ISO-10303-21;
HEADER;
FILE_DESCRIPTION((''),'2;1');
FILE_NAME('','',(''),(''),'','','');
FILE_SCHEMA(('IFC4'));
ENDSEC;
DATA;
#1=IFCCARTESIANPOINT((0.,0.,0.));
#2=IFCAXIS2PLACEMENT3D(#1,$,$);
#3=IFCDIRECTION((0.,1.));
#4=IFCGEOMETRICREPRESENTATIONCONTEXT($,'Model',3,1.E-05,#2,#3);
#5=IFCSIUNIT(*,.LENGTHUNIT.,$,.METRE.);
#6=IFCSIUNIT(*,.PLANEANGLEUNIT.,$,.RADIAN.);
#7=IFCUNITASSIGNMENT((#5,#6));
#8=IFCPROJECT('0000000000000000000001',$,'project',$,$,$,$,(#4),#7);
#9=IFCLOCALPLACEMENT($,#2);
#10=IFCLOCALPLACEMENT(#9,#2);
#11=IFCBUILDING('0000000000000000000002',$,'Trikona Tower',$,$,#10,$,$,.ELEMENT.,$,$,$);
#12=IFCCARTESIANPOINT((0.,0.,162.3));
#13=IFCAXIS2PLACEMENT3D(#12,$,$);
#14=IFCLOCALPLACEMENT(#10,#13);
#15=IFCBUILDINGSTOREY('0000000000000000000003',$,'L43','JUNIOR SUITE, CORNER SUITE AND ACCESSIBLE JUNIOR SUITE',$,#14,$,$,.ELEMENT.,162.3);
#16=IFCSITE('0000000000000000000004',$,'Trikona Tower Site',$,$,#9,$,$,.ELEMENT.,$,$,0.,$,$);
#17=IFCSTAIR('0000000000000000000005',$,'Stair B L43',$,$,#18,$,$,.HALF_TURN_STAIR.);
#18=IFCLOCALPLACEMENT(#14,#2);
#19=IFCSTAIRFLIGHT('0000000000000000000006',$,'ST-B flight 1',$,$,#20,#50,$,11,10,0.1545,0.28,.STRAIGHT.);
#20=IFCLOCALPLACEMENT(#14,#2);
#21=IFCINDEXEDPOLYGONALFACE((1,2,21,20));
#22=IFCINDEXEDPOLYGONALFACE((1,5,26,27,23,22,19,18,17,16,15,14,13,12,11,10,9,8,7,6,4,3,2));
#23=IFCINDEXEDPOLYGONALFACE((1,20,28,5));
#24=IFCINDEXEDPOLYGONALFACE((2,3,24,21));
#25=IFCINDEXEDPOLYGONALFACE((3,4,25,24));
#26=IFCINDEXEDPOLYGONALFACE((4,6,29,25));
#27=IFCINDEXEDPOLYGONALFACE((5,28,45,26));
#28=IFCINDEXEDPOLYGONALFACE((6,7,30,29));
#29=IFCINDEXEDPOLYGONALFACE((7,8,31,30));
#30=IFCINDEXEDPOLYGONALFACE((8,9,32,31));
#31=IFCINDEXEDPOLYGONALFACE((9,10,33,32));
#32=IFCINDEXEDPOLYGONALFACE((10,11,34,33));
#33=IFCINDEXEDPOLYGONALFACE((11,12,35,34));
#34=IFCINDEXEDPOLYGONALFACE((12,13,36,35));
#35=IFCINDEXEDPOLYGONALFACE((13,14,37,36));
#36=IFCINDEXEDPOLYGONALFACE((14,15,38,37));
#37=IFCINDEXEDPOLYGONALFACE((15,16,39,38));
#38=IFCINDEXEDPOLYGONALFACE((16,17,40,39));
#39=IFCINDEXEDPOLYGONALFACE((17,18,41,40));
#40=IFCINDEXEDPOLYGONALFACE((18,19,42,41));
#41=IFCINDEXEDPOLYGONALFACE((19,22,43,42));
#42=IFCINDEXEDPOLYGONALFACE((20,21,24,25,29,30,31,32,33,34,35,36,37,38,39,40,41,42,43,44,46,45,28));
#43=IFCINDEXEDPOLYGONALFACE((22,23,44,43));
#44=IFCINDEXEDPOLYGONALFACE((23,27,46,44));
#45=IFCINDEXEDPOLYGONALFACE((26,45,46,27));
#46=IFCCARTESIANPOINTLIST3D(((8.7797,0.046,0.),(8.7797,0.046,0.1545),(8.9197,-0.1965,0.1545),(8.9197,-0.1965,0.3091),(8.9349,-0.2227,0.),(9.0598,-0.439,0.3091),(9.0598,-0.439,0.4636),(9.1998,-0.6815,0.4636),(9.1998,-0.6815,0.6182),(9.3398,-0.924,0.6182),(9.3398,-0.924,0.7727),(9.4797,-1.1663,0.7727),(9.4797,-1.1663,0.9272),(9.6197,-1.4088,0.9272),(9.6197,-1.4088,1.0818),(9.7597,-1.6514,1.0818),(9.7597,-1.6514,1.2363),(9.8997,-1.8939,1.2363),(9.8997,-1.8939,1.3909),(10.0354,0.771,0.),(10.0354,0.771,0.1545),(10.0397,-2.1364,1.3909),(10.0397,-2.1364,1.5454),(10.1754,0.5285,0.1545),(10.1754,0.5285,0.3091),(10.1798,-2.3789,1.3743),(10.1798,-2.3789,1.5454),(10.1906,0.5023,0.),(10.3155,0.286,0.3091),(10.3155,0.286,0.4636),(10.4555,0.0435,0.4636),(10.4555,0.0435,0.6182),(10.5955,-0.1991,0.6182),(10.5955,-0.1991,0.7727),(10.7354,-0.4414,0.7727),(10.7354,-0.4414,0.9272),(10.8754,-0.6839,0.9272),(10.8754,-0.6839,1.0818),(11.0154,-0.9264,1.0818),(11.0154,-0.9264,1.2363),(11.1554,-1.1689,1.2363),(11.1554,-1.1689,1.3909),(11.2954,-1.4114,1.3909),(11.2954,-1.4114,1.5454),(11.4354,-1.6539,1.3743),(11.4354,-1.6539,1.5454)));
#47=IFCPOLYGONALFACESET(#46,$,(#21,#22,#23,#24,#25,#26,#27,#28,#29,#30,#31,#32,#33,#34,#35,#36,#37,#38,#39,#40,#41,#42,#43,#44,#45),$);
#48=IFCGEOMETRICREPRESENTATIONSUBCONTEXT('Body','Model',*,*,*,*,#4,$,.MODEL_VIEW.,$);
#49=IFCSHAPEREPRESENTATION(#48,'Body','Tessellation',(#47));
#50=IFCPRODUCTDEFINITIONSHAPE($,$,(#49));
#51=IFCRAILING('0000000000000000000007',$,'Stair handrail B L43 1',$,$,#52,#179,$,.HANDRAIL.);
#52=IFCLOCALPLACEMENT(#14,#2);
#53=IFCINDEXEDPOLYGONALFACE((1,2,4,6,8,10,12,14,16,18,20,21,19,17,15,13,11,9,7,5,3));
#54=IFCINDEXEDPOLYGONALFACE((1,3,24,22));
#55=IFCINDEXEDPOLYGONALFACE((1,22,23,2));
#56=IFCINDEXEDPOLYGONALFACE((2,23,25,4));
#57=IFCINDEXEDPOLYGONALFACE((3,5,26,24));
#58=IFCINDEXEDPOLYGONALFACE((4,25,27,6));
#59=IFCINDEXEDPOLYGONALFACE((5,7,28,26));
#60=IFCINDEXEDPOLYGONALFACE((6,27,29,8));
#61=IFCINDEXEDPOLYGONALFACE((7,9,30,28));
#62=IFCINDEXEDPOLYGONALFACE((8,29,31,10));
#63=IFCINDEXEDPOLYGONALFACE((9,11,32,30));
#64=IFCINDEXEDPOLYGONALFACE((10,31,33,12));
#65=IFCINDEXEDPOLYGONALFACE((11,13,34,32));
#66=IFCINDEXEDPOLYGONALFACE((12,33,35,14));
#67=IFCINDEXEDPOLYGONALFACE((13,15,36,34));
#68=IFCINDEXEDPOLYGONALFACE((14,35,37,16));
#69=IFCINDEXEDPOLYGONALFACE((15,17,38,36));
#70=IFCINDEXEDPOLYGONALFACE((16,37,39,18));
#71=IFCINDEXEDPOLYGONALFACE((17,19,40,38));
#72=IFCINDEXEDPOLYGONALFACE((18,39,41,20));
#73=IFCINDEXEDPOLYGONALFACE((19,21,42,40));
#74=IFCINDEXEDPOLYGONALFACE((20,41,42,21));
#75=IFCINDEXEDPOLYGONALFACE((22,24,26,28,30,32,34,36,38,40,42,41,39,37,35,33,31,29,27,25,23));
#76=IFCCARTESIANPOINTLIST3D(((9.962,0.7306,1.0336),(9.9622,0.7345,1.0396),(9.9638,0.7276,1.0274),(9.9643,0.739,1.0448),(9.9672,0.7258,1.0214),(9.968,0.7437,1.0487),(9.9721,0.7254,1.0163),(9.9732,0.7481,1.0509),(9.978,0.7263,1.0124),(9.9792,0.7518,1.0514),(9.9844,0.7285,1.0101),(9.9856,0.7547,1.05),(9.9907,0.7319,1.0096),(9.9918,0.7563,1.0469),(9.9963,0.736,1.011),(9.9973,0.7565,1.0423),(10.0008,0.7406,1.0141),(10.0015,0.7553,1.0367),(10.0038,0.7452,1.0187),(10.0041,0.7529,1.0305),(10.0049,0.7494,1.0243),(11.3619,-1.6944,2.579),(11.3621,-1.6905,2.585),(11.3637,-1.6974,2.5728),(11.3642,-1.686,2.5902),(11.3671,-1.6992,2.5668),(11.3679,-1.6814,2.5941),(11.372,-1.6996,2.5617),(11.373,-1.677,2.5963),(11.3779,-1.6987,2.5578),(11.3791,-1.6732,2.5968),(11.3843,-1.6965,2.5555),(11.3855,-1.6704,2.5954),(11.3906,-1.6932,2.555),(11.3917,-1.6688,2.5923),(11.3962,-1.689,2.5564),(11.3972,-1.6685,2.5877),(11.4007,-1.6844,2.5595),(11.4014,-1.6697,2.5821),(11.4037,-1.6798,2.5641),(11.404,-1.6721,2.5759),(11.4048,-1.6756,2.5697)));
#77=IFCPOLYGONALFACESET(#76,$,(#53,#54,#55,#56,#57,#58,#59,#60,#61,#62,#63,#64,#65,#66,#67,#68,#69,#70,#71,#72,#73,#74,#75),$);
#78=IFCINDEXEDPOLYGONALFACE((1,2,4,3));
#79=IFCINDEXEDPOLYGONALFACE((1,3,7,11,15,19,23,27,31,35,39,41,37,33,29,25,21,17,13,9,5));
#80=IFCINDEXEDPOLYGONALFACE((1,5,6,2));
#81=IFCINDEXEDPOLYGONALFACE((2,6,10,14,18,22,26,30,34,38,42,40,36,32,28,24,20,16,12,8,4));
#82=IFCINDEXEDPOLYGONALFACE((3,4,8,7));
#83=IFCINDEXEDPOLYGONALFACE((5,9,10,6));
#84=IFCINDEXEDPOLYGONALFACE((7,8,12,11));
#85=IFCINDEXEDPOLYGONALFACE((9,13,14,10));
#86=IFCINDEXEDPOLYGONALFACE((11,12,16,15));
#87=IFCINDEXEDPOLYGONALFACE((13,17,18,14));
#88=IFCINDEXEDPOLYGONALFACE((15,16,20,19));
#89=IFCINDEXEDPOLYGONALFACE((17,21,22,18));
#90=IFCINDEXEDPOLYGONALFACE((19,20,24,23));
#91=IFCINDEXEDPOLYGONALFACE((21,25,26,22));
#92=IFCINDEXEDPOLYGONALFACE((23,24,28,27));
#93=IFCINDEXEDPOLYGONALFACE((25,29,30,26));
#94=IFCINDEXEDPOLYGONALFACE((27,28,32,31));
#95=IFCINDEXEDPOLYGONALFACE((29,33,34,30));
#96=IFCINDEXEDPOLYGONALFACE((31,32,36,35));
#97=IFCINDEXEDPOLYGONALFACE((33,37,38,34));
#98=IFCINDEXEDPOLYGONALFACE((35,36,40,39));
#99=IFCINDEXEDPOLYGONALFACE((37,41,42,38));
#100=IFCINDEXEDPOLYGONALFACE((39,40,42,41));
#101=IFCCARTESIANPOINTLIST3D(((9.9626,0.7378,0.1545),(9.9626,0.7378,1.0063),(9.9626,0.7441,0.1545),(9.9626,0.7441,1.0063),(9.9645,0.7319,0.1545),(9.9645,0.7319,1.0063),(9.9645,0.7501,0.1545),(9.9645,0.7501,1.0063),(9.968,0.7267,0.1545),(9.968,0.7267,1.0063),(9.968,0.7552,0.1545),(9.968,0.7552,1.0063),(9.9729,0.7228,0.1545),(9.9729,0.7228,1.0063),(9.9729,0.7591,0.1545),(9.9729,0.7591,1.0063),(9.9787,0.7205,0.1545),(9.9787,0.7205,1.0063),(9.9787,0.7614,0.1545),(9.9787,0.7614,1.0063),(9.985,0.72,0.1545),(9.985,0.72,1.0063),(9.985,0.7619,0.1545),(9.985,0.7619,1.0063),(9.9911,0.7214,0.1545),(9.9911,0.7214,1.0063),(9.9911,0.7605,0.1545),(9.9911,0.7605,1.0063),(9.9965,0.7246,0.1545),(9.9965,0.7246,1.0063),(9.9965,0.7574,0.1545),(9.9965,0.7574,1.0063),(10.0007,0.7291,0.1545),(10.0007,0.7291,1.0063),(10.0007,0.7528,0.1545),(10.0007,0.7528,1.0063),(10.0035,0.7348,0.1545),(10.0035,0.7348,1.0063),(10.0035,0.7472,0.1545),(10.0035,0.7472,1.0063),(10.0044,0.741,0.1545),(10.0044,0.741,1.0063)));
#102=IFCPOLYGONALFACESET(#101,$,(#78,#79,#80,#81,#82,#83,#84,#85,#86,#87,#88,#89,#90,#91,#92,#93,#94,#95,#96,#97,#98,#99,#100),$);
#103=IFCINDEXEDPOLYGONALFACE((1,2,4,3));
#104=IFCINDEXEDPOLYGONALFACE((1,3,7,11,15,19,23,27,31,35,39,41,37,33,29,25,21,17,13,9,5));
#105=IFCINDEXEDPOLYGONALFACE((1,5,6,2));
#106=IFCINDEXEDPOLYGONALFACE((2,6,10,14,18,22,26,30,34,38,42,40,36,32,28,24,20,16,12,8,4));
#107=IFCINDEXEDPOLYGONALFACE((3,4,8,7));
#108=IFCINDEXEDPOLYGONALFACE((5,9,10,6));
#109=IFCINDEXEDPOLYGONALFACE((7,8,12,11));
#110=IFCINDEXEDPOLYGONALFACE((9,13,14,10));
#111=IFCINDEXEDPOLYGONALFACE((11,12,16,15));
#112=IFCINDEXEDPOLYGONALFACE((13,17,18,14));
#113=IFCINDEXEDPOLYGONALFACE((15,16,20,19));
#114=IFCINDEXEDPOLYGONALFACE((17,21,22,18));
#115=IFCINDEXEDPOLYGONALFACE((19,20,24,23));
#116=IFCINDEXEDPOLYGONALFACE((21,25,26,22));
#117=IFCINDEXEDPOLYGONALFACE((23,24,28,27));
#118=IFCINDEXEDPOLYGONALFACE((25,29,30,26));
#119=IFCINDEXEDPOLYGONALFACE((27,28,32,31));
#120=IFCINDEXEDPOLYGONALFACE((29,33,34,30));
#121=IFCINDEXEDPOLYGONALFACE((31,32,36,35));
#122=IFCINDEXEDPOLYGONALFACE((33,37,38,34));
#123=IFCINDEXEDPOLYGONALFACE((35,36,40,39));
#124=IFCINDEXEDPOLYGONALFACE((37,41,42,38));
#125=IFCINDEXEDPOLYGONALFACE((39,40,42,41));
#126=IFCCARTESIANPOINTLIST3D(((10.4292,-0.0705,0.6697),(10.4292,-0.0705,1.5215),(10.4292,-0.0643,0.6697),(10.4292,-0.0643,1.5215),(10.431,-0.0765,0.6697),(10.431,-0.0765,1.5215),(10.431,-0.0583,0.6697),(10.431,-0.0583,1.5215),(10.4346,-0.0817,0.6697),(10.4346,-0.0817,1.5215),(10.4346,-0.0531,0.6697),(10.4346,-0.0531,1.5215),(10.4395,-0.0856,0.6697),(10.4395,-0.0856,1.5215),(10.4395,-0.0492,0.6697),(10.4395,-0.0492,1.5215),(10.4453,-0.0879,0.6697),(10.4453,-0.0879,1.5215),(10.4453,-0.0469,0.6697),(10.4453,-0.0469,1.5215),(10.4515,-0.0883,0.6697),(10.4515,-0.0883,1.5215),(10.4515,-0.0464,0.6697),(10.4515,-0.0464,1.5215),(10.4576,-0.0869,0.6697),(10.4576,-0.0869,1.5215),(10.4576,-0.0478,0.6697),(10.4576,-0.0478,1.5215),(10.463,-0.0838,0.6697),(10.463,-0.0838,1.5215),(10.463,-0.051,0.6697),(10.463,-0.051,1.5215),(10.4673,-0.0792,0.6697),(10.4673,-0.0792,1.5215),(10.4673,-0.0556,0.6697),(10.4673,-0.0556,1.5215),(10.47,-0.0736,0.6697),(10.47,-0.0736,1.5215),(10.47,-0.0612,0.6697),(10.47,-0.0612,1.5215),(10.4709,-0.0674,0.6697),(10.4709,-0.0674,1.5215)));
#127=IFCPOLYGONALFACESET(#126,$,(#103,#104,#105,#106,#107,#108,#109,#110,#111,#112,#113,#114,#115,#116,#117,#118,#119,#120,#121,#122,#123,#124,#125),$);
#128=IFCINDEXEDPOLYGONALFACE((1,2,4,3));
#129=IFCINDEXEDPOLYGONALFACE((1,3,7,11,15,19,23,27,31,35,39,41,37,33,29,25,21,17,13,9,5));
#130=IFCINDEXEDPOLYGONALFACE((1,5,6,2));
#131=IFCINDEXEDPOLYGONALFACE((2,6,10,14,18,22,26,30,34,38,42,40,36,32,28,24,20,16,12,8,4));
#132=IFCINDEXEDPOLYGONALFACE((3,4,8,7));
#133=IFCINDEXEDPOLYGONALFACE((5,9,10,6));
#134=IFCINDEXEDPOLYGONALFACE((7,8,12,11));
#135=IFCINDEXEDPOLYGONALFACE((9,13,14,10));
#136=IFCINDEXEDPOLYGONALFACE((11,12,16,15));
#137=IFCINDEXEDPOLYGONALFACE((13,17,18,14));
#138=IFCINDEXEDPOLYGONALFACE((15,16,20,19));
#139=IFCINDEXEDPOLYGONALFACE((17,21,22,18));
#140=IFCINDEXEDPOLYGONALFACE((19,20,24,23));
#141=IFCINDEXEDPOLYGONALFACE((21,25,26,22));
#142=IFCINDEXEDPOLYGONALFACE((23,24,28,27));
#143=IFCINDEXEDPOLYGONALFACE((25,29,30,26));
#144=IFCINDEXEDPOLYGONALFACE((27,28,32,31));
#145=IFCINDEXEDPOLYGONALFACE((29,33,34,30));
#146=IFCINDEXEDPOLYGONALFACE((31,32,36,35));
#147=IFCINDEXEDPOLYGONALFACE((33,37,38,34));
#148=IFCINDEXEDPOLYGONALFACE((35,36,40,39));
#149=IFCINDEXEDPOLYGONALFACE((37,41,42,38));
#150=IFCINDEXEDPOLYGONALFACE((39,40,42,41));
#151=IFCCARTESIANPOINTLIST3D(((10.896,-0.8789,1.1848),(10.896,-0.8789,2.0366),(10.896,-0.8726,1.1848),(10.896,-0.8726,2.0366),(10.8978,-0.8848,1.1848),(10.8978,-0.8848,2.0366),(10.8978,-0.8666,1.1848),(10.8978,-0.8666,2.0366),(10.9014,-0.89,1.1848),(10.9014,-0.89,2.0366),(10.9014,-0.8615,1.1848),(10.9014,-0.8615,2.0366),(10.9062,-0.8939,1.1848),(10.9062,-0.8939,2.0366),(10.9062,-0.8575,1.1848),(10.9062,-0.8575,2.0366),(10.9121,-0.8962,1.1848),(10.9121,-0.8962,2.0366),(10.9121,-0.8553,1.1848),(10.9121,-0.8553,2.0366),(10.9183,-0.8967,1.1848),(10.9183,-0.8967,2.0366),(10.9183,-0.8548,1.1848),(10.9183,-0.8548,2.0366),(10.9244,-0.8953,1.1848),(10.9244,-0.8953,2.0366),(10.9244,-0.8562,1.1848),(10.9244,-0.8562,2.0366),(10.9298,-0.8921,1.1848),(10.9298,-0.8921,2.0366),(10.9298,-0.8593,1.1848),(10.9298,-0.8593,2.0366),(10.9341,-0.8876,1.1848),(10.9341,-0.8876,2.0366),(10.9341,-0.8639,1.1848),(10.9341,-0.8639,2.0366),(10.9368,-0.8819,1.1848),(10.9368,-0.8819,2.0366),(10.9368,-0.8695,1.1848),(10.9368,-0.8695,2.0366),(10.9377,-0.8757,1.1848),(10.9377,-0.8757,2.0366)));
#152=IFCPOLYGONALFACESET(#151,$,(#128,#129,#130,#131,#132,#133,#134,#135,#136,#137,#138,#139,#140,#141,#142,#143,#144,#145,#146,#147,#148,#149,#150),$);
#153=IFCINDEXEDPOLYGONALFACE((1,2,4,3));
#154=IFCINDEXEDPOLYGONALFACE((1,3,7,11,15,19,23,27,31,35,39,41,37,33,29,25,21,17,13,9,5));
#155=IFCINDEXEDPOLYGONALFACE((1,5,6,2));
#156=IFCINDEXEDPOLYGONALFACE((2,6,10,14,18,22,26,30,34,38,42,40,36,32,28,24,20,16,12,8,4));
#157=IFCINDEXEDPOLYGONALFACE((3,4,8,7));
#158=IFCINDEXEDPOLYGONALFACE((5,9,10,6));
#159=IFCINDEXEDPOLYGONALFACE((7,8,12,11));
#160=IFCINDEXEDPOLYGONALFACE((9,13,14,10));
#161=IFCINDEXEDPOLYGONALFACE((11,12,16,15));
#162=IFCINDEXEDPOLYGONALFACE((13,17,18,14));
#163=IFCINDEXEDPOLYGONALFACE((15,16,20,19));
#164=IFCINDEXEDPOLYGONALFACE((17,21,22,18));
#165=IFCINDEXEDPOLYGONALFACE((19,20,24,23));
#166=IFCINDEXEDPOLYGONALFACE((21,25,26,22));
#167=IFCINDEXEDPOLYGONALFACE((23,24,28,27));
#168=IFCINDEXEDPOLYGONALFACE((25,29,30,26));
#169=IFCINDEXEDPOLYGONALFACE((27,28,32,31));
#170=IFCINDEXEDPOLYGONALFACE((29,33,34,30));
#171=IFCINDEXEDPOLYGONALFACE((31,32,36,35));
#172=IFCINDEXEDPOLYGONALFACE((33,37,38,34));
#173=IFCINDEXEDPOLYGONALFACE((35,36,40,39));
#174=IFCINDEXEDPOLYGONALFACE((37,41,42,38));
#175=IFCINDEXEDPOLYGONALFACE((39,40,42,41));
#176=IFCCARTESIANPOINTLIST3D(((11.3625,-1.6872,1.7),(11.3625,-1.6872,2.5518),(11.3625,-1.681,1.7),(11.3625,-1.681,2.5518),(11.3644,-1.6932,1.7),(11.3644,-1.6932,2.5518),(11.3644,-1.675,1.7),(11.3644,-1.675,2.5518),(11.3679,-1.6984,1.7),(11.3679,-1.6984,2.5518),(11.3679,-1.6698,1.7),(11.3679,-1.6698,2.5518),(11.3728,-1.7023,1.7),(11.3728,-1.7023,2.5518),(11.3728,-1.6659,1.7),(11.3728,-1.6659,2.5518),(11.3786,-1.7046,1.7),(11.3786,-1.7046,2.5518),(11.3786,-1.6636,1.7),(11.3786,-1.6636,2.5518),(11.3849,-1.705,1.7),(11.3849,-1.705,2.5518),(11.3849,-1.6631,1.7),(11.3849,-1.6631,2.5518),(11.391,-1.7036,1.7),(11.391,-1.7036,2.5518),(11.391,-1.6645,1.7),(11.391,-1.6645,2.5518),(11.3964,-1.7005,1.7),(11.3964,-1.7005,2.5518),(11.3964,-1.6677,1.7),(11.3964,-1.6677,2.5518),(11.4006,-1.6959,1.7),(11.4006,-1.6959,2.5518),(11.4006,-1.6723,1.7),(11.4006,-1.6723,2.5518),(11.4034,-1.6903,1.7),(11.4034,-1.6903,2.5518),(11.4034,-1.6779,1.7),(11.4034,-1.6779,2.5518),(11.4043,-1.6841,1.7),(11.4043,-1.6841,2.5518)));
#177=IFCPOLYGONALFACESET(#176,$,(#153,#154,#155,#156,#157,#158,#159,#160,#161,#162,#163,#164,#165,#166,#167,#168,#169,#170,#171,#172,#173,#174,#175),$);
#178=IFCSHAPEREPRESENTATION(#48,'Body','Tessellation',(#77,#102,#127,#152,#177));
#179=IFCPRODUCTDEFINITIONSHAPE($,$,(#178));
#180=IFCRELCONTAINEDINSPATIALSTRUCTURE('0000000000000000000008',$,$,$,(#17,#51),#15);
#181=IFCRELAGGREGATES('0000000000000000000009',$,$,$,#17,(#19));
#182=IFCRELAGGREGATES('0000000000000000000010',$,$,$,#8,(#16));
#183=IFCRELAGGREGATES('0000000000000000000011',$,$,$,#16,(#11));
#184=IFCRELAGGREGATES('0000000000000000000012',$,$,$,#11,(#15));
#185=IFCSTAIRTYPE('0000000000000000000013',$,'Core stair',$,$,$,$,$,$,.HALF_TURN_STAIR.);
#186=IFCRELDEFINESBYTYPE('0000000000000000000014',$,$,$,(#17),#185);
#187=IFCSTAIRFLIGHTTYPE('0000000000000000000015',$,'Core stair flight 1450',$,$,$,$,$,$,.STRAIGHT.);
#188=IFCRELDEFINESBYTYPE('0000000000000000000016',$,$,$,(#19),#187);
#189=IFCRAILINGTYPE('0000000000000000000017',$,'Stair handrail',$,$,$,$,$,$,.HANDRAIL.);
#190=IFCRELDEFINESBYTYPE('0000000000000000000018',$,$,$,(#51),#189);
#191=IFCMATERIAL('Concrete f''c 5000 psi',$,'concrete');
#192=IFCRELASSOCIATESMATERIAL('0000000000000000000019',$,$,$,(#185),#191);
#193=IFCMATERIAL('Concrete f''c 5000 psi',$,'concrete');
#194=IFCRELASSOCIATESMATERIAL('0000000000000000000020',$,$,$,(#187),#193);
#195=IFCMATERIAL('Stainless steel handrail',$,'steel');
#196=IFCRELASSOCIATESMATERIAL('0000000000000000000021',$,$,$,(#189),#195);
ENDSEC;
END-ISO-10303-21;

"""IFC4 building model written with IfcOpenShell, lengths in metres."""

from ifc_helpers import new_model, si_unit, direction, frame, origin, origin_2d, place, context, subcontext, project, spatial, polyline, circle, outline, extrude, material, type_object, element, aggregate, save


model = new_model("IFC4")

# Units and contexts
model_context = context("Model", 3, precision=1e-05, world=origin(), true_north=direction((0.0, 1.0)))
body_context = subcontext(model_context, "Body", "Model", "MODEL_VIEW")
ifc_project = project(units=[si_unit("LENGTHUNIT", "METRE"), si_unit("PLANEANGLEUNIT", "RADIAN")], contexts=[model_context])

# Site, building, storey
site_placement = place(None, origin())
site = spatial("IfcSite", under=ifc_project, at=site_placement, Name="Trikona Tower Site", CompositionType="ELEMENT", RefElevation=0.0)
building_placement = place(site_placement, origin())
building = spatial("IfcBuilding", under=site, at=building_placement, Name="Trikona Tower", CompositionType="ELEMENT")
storey_placement = place(building_placement, frame((0.0, 0.0, 162.3)))
storey = spatial("IfcBuildingStorey", under=building, at=storey_placement, Name="L43", Description="JUNIOR SUITE, CORNER SUITE AND ACCESSIBLE JUNIOR SUITE", CompositionType="ELEMENT", Elevation=162.3)

# Stair
ifc_material_1 = material(Name="Concrete f'c 5000 psi", Category="concrete")
stair_type = type_object("IfcStairType", Name="Core stair", PredefinedType="HALF_TURN_STAIR", material=ifc_material_1)
stair_1_placement = place(storey_placement, origin())
stair_1 = element("IfcStair", 1, at=stair_1_placement, inside=storey, type_object=stair_type, Name="Stair B L43", PredefinedType="HALF_TURN_STAIR")

# Stair flight
ifc_material_2 = material(Name="Concrete f'c 5000 psi", Category="concrete")
stair_flight_type = type_object("IfcStairFlightType", Name="Core stair flight 1450", PredefinedType="STRAIGHT", material=ifc_material_2)
stair_flight_placement = place(storey_placement, frame((9.4075, 0.4084, 0.0), z_axis=(0.0, 0.0, 1.0), x_axis=(0.5, -0.866025, 0.0)))
stair_flight = element("IfcStairFlight", 2, at=stair_flight_placement, type_object=stair_flight_type, Name="ST-B flight 1", NumberOfRisers=11, NumberOfTreads=10, PredefinedType="STRAIGHT", RiserHeight=0.1545, TreadLength=0.28, context=body_context, shape_type="SweptSolid", body=[
    extrude(outline(polyline([(0.0, 0.0), (0.0, 0.1545), (0.28, 0.1545), (0.28, 0.3091), (0.5601, 0.3091), (0.5601, 0.4636), (0.8401, 0.4636), (0.8401, 0.6182), (1.1201, 0.6182), (1.1201, 0.7727), (1.3999, 0.7727), (1.3999, 0.9272), (1.6799, 0.9272), (1.6799, 1.0818), (1.96, 1.0818), (1.96, 1.2363), (2.24, 1.2363), (2.24, 1.3909), (2.52, 1.3909), (2.52, 1.5454), (2.8, 1.5454), (2.8, 1.7), (2.8, 1.3743), (0.3103, 0.0), (0.0, 0.0)])), frame((0.0, 0.7251, 0.0), z_axis=(0.0, -1.0, 0.0), x_axis=(1.0, 0.0, 0.0)), (0.0, 0.0, 1.0), 1.45),
])
aggregate(stair_1, [stair_flight])

# Railing
ifc_material_3 = material(Name="Stainless steel handrail", Category="steel")
railing_type = type_object("IfcRailingType", Name="Stair handrail", PredefinedType="HANDRAIL", material=ifc_material_3)
railing_placement = place(storey_placement, frame((9.9834, 0.741, 0.1545)))
element("IfcRailing", 3, at=railing_placement, inside=storey, type_object=railing_type, Name="Stair handrail B L43 1", PredefinedType="HANDRAIL", context=body_context, shape_type="SweptSolid", body=[
    extrude(circle(Radius=0.0239, at=origin_2d()), frame((0.0, 0.0, 0.876), z_axis=(0.437707, -0.75824, 0.483203), x_axis=(0.866056, 0.499946, 0.0)), (0.0, 0.0, 1.0), 3.1982),
    extrude(circle(Radius=0.021, at=origin_2d()), origin(), (0.0, 0.0, 1.0), 0.8518),
    extrude(circle(Radius=0.021, at=origin_2d()), frame((0.4666, -0.8083, 0.5151)), (0.0, 0.0, 1.0), 0.8518),
    extrude(circle(Radius=0.021, at=origin_2d()), frame((0.9333, -1.6167, 1.0303)), (0.0, 0.0, 1.0), 0.8518),
    extrude(circle(Radius=0.021, at=origin_2d()), frame((1.3999, -2.425, 1.5454)), (0.0, 0.0, 1.0), 0.8518),
])

save(model, "model.ifc")
